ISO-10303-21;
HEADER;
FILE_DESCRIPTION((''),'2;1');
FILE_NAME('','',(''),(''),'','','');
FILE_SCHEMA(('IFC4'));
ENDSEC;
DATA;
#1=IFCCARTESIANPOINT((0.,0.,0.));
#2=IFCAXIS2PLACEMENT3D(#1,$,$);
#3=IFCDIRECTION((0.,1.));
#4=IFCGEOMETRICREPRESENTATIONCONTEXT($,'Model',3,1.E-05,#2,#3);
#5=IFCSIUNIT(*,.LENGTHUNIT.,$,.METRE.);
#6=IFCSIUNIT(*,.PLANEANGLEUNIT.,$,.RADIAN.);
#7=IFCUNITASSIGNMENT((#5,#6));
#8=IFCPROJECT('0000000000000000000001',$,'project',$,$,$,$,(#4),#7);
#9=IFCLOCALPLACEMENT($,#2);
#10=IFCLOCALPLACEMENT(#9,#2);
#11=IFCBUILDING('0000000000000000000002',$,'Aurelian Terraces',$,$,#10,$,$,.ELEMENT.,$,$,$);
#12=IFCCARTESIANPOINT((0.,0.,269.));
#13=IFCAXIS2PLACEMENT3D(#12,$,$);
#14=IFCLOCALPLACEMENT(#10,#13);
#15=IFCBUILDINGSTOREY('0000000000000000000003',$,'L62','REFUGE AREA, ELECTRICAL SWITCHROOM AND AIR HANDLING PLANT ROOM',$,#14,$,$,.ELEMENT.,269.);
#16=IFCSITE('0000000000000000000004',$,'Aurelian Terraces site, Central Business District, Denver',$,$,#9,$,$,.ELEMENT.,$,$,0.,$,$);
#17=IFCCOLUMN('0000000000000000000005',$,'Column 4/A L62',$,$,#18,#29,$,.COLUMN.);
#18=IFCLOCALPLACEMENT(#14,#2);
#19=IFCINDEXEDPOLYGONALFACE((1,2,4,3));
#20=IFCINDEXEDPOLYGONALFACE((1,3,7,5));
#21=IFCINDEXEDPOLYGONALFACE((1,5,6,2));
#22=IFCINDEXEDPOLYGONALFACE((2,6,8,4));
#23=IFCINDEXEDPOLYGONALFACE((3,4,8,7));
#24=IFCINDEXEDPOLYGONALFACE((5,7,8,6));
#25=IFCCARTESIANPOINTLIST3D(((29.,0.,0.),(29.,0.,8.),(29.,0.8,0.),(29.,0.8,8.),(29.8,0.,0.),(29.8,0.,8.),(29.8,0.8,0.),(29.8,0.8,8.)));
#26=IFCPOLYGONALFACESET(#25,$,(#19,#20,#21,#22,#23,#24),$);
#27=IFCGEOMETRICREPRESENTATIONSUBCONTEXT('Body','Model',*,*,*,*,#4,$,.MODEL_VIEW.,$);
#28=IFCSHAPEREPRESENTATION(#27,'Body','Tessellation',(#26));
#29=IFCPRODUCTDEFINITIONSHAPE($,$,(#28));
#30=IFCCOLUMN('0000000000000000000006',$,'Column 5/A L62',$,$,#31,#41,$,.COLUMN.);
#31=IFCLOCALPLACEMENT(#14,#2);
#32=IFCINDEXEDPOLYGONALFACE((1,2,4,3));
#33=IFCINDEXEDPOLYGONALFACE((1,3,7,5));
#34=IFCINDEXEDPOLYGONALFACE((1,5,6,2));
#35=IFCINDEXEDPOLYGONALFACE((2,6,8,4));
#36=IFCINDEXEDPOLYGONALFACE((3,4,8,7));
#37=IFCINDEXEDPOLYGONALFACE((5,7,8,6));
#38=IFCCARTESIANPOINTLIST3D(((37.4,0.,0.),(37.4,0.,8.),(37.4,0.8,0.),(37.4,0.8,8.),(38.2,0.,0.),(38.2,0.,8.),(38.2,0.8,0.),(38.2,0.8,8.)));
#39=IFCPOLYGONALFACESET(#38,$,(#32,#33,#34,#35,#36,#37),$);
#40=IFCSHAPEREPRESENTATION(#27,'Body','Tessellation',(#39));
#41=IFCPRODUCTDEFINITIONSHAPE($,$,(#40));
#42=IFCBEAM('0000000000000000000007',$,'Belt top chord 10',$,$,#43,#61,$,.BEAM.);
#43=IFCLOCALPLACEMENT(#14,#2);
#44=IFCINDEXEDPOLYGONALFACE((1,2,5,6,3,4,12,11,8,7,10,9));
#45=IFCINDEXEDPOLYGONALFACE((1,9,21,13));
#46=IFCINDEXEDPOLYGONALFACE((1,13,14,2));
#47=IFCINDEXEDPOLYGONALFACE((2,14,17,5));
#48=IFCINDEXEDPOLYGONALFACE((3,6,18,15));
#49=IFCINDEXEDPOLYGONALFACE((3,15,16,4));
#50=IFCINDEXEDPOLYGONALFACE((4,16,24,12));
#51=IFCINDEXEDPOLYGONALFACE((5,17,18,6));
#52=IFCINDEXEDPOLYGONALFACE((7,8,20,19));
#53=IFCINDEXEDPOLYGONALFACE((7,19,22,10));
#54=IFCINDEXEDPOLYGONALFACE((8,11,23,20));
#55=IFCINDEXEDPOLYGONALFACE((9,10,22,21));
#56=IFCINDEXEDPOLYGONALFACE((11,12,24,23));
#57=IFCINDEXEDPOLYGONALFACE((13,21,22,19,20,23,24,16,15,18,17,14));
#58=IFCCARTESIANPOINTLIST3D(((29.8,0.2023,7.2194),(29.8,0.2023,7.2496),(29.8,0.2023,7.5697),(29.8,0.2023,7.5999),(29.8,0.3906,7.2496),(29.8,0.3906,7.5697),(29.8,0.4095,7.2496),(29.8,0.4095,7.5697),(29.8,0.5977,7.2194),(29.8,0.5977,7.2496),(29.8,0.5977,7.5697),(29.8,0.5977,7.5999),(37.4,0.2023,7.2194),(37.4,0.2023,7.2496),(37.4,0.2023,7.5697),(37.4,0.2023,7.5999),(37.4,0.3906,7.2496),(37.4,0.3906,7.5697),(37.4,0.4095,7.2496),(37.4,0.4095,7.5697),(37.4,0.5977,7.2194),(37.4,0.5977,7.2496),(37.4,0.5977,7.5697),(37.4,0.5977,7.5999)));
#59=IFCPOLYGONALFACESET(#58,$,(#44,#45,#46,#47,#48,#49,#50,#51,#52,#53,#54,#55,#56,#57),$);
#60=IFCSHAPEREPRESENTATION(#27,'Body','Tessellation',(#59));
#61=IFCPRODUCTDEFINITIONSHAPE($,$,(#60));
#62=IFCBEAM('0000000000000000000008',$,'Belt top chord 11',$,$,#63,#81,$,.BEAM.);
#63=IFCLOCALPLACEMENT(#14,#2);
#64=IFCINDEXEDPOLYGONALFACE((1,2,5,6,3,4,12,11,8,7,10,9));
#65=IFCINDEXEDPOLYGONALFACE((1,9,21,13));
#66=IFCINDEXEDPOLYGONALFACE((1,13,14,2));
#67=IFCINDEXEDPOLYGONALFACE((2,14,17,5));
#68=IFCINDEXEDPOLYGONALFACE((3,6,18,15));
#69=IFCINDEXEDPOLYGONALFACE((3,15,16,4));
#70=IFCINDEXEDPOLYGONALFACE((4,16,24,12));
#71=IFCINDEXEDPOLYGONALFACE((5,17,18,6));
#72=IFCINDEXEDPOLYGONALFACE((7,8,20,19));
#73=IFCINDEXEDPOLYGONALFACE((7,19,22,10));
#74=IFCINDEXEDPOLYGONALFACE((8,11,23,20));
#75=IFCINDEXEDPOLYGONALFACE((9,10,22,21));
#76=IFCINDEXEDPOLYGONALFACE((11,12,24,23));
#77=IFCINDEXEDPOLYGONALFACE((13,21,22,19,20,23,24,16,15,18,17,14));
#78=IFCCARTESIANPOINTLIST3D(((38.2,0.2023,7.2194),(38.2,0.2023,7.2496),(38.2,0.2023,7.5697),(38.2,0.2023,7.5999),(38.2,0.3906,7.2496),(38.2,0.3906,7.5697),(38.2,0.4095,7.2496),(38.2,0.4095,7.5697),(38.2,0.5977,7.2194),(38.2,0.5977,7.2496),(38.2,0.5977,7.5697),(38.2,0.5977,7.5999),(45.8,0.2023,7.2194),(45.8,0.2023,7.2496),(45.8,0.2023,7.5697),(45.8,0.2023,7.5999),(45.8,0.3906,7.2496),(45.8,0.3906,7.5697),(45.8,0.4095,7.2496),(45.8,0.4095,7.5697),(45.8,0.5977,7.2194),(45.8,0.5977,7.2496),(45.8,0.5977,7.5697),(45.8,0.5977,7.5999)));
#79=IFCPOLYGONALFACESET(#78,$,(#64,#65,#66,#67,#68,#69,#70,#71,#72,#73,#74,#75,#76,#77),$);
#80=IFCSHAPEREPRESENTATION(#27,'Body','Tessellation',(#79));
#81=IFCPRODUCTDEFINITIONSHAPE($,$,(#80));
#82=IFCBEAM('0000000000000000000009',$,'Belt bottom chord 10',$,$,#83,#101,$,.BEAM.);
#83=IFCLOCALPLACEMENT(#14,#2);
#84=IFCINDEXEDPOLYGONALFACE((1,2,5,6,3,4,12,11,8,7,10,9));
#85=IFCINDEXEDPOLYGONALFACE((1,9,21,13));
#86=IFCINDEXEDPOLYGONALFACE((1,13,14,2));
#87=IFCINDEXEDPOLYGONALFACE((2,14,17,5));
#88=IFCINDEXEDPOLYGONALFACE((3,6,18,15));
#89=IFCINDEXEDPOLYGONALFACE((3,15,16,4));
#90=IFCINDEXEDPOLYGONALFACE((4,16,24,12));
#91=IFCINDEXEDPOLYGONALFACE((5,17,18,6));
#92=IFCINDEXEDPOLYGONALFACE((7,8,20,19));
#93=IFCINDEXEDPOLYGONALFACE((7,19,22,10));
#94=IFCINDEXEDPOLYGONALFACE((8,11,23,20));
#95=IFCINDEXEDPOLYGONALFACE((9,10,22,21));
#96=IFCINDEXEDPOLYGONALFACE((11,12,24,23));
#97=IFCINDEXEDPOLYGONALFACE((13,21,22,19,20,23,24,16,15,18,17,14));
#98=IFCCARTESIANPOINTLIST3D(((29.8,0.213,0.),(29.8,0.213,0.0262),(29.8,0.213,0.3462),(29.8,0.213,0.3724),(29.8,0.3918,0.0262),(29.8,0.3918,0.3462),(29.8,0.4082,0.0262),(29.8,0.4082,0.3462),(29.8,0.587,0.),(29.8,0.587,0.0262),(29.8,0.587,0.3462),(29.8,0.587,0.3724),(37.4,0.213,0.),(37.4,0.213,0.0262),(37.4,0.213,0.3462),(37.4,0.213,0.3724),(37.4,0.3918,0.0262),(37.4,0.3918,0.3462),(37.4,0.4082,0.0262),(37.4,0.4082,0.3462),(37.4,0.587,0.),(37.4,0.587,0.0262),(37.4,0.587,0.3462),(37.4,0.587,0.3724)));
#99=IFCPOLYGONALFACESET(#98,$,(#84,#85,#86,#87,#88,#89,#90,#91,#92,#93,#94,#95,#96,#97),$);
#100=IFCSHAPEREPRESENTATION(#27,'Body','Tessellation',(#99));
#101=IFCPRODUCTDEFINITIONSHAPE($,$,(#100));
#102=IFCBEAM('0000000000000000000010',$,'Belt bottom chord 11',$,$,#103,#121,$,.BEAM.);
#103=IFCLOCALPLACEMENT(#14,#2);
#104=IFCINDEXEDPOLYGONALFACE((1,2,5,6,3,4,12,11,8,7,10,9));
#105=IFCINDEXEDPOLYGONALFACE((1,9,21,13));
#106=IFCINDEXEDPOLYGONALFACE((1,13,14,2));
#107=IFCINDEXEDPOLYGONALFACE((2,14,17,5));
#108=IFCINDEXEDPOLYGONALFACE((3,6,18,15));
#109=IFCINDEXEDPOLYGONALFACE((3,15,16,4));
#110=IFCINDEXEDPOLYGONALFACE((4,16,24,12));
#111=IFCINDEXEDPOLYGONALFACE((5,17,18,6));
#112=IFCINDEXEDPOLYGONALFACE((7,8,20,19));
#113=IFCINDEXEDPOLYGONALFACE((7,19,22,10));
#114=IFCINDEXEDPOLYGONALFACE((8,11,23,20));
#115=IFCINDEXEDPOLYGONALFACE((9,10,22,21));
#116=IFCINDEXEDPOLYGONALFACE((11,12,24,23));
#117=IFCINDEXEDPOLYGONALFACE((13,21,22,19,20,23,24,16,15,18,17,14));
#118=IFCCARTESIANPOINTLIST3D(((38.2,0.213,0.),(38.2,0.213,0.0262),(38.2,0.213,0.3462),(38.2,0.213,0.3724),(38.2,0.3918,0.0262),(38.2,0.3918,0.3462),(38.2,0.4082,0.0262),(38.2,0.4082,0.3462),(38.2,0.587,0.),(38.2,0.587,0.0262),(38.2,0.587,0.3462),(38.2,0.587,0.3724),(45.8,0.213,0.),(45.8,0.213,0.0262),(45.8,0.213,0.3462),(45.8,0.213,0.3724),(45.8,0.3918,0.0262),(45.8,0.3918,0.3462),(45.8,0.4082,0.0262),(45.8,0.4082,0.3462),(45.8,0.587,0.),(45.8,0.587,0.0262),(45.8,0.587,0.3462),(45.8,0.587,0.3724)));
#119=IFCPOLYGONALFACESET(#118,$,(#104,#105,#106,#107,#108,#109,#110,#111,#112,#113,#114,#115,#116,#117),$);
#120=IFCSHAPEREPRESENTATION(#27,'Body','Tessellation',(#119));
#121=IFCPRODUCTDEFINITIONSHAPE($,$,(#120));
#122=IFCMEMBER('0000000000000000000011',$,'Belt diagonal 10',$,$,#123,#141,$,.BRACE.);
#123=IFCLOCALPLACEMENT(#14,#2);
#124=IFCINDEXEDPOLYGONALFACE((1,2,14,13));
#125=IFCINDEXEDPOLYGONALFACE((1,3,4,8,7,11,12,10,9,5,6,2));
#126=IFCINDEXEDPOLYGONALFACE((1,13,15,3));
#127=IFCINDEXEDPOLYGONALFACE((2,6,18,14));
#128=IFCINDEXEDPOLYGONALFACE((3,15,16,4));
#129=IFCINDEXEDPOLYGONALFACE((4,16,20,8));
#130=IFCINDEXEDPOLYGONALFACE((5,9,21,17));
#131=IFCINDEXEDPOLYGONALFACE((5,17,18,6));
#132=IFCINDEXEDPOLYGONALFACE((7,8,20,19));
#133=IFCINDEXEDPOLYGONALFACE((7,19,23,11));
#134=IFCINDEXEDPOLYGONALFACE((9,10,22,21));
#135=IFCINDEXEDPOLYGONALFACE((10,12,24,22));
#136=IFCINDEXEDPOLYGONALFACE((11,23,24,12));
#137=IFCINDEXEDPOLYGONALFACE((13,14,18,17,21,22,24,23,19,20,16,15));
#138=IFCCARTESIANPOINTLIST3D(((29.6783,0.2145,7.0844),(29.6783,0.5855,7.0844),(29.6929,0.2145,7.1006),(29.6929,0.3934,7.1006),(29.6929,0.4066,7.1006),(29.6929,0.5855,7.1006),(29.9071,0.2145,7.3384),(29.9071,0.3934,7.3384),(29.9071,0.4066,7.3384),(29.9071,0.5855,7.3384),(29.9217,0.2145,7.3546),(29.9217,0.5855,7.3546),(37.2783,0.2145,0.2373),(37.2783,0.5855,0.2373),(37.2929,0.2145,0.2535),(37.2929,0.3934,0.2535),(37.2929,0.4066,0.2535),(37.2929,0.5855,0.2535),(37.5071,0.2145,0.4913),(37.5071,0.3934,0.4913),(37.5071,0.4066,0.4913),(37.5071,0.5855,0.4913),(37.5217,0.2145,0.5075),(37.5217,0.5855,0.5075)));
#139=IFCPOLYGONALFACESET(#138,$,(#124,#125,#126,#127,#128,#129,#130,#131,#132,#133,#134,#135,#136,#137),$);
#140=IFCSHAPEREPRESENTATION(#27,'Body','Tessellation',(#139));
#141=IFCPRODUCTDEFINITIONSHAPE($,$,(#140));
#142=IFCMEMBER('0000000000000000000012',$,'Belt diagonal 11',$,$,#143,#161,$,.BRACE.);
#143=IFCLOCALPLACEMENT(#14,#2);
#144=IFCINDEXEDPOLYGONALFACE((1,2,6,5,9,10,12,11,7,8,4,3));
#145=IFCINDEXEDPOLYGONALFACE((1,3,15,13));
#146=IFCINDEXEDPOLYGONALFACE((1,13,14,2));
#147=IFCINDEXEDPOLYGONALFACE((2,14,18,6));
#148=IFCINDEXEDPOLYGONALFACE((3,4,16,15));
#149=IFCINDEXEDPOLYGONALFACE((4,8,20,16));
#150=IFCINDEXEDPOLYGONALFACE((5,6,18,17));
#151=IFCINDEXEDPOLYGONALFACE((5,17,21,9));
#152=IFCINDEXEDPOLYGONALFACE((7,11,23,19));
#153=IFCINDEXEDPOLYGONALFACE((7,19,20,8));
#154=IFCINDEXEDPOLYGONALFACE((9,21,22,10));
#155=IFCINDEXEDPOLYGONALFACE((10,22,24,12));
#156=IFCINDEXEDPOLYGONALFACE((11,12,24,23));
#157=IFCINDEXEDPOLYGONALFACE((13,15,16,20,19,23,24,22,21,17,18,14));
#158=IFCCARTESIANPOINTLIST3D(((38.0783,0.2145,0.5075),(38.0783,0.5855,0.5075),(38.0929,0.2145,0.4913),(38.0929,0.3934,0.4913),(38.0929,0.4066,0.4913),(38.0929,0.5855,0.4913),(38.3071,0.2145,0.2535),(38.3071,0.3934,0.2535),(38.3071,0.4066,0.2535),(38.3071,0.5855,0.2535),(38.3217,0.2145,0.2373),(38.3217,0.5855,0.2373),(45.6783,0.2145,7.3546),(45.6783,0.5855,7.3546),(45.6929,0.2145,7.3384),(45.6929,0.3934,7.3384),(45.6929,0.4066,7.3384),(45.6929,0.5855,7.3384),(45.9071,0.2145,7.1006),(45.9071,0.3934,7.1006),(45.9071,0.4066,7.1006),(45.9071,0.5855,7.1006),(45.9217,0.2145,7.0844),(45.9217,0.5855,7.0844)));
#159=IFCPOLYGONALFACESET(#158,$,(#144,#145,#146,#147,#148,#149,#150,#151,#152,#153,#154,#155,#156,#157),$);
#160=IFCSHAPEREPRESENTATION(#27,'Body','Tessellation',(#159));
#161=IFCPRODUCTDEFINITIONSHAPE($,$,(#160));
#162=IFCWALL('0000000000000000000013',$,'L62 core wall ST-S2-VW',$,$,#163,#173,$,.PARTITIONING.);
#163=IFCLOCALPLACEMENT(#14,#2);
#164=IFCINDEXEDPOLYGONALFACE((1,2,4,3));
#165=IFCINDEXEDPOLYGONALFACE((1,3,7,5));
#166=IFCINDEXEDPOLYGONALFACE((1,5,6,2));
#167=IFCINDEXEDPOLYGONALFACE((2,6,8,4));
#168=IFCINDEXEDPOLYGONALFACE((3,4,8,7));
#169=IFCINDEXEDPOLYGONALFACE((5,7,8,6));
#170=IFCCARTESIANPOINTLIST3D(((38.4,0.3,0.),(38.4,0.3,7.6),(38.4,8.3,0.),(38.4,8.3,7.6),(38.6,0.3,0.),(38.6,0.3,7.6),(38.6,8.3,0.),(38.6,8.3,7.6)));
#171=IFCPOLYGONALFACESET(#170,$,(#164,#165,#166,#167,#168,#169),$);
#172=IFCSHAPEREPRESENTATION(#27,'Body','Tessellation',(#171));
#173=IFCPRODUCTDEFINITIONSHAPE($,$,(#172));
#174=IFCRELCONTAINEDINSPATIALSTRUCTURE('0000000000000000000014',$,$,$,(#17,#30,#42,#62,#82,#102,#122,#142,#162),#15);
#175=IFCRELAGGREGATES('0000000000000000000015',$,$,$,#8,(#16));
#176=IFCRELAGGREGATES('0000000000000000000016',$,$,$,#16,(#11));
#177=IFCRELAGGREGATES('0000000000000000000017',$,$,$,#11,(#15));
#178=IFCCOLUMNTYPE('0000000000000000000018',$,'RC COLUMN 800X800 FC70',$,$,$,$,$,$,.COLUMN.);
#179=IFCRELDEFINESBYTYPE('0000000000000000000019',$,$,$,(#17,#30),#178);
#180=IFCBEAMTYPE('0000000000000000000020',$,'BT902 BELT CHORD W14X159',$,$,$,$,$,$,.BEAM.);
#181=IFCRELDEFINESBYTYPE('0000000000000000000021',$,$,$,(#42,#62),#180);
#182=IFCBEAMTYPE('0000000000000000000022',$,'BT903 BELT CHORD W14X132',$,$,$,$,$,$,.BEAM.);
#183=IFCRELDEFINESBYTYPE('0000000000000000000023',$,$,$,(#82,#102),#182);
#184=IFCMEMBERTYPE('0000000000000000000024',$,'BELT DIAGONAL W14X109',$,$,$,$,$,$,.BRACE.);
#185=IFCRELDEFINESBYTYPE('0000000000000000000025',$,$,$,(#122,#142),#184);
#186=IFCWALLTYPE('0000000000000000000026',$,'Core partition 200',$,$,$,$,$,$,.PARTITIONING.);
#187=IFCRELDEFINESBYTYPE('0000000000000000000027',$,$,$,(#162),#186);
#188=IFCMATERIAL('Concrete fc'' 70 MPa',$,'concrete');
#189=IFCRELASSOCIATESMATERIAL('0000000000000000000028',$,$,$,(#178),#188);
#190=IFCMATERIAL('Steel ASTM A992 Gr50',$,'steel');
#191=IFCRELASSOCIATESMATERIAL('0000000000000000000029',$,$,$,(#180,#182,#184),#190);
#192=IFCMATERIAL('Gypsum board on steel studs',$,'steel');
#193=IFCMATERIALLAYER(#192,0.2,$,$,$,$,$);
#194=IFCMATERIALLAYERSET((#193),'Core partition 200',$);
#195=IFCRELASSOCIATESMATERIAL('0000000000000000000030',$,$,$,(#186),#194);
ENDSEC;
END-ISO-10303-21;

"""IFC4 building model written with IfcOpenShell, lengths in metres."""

from ifc_helpers import new_model, si_unit, direction, frame, frame_2d, origin, origin_2d, place, context, subcontext, project, spatial, rectangle, i_section, extrude, source, transform, mapped, material, layer, layer_set, material_profile, profile_set, type_object, element, save


model = new_model("IFC4")

# Units and contexts
model_context = context("Model", 3, precision=1e-05, world=origin(), true_north=direction((0.0, 1.0)))
body_context = subcontext(model_context, "Body", "Model", "MODEL_VIEW")
ifc_project = project(units=[si_unit("LENGTHUNIT", "METRE"), si_unit("PLANEANGLEUNIT", "RADIAN")], contexts=[model_context])

# Site, building, storey
site_placement = place(None, origin())
site = spatial("IfcSite", under=ifc_project, at=site_placement, Name="Aurelian Terraces site, Central Business District, Denver", CompositionType="ELEMENT", RefElevation=0.0)
building_placement = place(site_placement, origin())
building = spatial("IfcBuilding", under=site, at=building_placement, Name="Aurelian Terraces", CompositionType="ELEMENT")
storey_placement = place(building_placement, frame((0.0, 0.0, 269.0)))
storey = spatial("IfcBuildingStorey", under=building, at=storey_placement, Name="L62", Description="REFUGE AREA, ELECTRICAL SWITCHROOM AND AIR HANDLING PLANT ROOM", CompositionType="ELEMENT", Elevation=269.0)

# Columns
ifc_material_1 = material(Name="Concrete fc' 70 MPa", Category="concrete")
ifc_material_profile_1 = material_profile(ifc_material_1, rectangle(XDim=0.8, YDim=0.8, at=origin_2d()))
ifc_profile_set_1 = profile_set([ifc_material_profile_1], Name="Concrete fc' 70 MPa")
column_type = type_object("IfcColumnType", Name="RC COLUMN 800X800 FC70", PredefinedType="COLUMN", material=ifc_profile_set_1)
shared_shape_1 = source(origin(), body_context, "Body", "SweptSolid", [
    extrude(rectangle(XDim=0.8, YDim=0.8, at=origin_2d()), origin(), (0.0, 0.0, 1.0), 8.0),
])
for number, where, z_axis, x_axis, name in (
    (1, (29.4, 0.4, 0.0), (0.0, 0.0, 1.0), (1.0, 0.0, 0.0), "Column 4/A L62"),
    (2, (37.8, 0.4, 0.0), (0.0, 0.0, 1.0), (1.0, 0.0, 0.0), "Column 5/A L62"),
):
    element("IfcColumn", number, at=place(storey_placement, frame(where, z_axis=z_axis, x_axis=x_axis)), inside=storey, type_object=column_type, Name=name, PredefinedType="COLUMN", context=body_context, shape_type="MappedRepresentation", body=[
        mapped(shared_shape_1, transform((0.0, 0.0, 0.0), scale=1.0)),
    ])

# Beams
ifc_material_2 = material(Name="Steel ASTM A992 Gr50", Category="steel")
ifc_material_profile_2 = material_profile(ifc_material_2, i_section(OverallWidth=0.3954, OverallDepth=0.3805, WebThickness=0.0189, FlangeThickness=0.0302, at=origin_2d()))
ifc_profile_set_2 = profile_set([ifc_material_profile_2], Name="Steel ASTM A992 Gr50")
beam_type_1 = type_object("IfcBeamType", Name="BT902 BELT CHORD W14X159", PredefinedType="BEAM", material=ifc_profile_set_2)
shared_shape_2 = source(origin(), body_context, "Body", "SweptSolid", [
    extrude(i_section(OverallWidth=0.3954, OverallDepth=0.3805, WebThickness=0.0189, FlangeThickness=0.0302, at=origin_2d()), origin(), (0.0, 0.0, 1.0), 7.6),
])
for number, where, z_axis, x_axis, name in (
    (3, (29.8, 0.4, 7.4097), (1.0, 0.0, 0.0), (0.0, 1.0, 0.0), "Belt top chord 10"),
    (4, (38.2, 0.4, 7.4097), (1.0, 0.0, 0.0), (0.0, 1.0, 0.0), "Belt top chord 11"),
):
    element("IfcBeam", number, at=place(storey_placement, frame(where, z_axis=z_axis, x_axis=x_axis)), inside=storey, type_object=beam_type_1, Name=name, PredefinedType="BEAM", context=body_context, shape_type="MappedRepresentation", body=[
        mapped(shared_shape_2, transform((0.0, 0.0, 0.0), scale=1.0)),
    ])
ifc_material_profile_3 = material_profile(ifc_material_2, i_section(OverallWidth=0.374, OverallDepth=0.3724, WebThickness=0.0164, FlangeThickness=0.0262, at=origin_2d()))
ifc_profile_set_3 = profile_set([ifc_material_profile_3], Name="Steel ASTM A992 Gr50")
beam_type_2 = type_object("IfcBeamType", Name="BT903 BELT CHORD W14X132", PredefinedType="BEAM", material=ifc_profile_set_3)
shared_shape_3 = source(origin(), body_context, "Body", "SweptSolid", [
    extrude(i_section(OverallWidth=0.374, OverallDepth=0.3724, WebThickness=0.0164, FlangeThickness=0.0262, at=origin_2d()), origin(), (0.0, 0.0, 1.0), 7.6),
])
for number, where, z_axis, x_axis, name in (
    (5, (29.8, 0.4, 0.1862), (1.0, 0.0, 0.0), (0.0, 1.0, 0.0), "Belt bottom chord 10"),
    (6, (38.2, 0.4, 0.1862), (1.0, 0.0, 0.0), (0.0, 1.0, 0.0), "Belt bottom chord 11"),
):
    element("IfcBeam", number, at=place(storey_placement, frame(where, z_axis=z_axis, x_axis=x_axis)), inside=storey, type_object=beam_type_2, Name=name, PredefinedType="BEAM", context=body_context, shape_type="MappedRepresentation", body=[
        mapped(shared_shape_3, transform((0.0, 0.0, 0.0), scale=1.0)),
    ])

# Members
ifc_material_profile_4 = material_profile(ifc_material_2, i_section(OverallWidth=0.371, OverallDepth=0.3637, WebThickness=0.0133, FlangeThickness=0.0218, at=origin_2d()))
ifc_profile_set_4 = profile_set([ifc_material_profile_4], Name="Steel ASTM A992 Gr50")
member_type = type_object("IfcMemberType", Name="BELT DIAGONAL W14X109", PredefinedType="BRACE", material=ifc_profile_set_4)
shared_shape_4 = source(origin(), body_context, "Body", "SweptSolid", [
    extrude(i_section(OverallWidth=0.371, OverallDepth=0.3637, WebThickness=0.0133, FlangeThickness=0.0218, at=origin_2d()), origin(), (0.0, 0.0, 1.0), 10.2295),
])
for number, where, z_axis, x_axis, name in (
    (7, (37.4, 0.4, 0.3724), (-0.742949, 0.0, 0.669348), (0.0, -1.0, 0.0), "Belt diagonal 10"),
    (8, (38.2, 0.4, 0.3724), (0.742949, 0.0, 0.669348), (0.0, 1.0, 0.0), "Belt diagonal 11"),
):
    element("IfcMember", number, at=place(storey_placement, frame(where, z_axis=z_axis, x_axis=x_axis)), inside=storey, type_object=member_type, Name=name, PredefinedType="BRACE", context=body_context, shape_type="MappedRepresentation", body=[
        mapped(shared_shape_4, transform((0.0, 0.0, 0.0), scale=1.0)),
    ])

# Wall
ifc_material_3 = material(Name="Gypsum board on steel studs", Category="steel")
ifc_layer_1 = layer(ifc_material_3, 0.2)
ifc_layer_set_1 = layer_set([ifc_layer_1], Name="Core partition 200")
wall_type_1 = type_object("IfcWallType", Name="Core partition 200", PredefinedType="PARTITIONING", material=ifc_layer_set_1)
shared_shape_5 = source(origin(), body_context, "Body", "SweptSolid", [
    extrude(rectangle(XDim=8.0, YDim=0.2, at=frame_2d((4.0, 0.0))), origin(), (0.0, 0.0, 1.0), 7.6),
])
wall_1_placement = place(storey_placement, frame((38.5, 0.3, 0.0), z_axis=(0.0, 0.0, 1.0), x_axis=(0.0, 1.0, 0.0)))
element("IfcWall", 9, at=wall_1_placement, inside=storey, type_object=wall_type_1, Name="L62 core wall ST-S2-VW", PredefinedType="PARTITIONING", context=body_context, shape_type="MappedRepresentation", body=[
    mapped(shared_shape_5, transform((0.0, 0.0, 0.0), scale=1.0)),
])

save(model, "model.ifc")
